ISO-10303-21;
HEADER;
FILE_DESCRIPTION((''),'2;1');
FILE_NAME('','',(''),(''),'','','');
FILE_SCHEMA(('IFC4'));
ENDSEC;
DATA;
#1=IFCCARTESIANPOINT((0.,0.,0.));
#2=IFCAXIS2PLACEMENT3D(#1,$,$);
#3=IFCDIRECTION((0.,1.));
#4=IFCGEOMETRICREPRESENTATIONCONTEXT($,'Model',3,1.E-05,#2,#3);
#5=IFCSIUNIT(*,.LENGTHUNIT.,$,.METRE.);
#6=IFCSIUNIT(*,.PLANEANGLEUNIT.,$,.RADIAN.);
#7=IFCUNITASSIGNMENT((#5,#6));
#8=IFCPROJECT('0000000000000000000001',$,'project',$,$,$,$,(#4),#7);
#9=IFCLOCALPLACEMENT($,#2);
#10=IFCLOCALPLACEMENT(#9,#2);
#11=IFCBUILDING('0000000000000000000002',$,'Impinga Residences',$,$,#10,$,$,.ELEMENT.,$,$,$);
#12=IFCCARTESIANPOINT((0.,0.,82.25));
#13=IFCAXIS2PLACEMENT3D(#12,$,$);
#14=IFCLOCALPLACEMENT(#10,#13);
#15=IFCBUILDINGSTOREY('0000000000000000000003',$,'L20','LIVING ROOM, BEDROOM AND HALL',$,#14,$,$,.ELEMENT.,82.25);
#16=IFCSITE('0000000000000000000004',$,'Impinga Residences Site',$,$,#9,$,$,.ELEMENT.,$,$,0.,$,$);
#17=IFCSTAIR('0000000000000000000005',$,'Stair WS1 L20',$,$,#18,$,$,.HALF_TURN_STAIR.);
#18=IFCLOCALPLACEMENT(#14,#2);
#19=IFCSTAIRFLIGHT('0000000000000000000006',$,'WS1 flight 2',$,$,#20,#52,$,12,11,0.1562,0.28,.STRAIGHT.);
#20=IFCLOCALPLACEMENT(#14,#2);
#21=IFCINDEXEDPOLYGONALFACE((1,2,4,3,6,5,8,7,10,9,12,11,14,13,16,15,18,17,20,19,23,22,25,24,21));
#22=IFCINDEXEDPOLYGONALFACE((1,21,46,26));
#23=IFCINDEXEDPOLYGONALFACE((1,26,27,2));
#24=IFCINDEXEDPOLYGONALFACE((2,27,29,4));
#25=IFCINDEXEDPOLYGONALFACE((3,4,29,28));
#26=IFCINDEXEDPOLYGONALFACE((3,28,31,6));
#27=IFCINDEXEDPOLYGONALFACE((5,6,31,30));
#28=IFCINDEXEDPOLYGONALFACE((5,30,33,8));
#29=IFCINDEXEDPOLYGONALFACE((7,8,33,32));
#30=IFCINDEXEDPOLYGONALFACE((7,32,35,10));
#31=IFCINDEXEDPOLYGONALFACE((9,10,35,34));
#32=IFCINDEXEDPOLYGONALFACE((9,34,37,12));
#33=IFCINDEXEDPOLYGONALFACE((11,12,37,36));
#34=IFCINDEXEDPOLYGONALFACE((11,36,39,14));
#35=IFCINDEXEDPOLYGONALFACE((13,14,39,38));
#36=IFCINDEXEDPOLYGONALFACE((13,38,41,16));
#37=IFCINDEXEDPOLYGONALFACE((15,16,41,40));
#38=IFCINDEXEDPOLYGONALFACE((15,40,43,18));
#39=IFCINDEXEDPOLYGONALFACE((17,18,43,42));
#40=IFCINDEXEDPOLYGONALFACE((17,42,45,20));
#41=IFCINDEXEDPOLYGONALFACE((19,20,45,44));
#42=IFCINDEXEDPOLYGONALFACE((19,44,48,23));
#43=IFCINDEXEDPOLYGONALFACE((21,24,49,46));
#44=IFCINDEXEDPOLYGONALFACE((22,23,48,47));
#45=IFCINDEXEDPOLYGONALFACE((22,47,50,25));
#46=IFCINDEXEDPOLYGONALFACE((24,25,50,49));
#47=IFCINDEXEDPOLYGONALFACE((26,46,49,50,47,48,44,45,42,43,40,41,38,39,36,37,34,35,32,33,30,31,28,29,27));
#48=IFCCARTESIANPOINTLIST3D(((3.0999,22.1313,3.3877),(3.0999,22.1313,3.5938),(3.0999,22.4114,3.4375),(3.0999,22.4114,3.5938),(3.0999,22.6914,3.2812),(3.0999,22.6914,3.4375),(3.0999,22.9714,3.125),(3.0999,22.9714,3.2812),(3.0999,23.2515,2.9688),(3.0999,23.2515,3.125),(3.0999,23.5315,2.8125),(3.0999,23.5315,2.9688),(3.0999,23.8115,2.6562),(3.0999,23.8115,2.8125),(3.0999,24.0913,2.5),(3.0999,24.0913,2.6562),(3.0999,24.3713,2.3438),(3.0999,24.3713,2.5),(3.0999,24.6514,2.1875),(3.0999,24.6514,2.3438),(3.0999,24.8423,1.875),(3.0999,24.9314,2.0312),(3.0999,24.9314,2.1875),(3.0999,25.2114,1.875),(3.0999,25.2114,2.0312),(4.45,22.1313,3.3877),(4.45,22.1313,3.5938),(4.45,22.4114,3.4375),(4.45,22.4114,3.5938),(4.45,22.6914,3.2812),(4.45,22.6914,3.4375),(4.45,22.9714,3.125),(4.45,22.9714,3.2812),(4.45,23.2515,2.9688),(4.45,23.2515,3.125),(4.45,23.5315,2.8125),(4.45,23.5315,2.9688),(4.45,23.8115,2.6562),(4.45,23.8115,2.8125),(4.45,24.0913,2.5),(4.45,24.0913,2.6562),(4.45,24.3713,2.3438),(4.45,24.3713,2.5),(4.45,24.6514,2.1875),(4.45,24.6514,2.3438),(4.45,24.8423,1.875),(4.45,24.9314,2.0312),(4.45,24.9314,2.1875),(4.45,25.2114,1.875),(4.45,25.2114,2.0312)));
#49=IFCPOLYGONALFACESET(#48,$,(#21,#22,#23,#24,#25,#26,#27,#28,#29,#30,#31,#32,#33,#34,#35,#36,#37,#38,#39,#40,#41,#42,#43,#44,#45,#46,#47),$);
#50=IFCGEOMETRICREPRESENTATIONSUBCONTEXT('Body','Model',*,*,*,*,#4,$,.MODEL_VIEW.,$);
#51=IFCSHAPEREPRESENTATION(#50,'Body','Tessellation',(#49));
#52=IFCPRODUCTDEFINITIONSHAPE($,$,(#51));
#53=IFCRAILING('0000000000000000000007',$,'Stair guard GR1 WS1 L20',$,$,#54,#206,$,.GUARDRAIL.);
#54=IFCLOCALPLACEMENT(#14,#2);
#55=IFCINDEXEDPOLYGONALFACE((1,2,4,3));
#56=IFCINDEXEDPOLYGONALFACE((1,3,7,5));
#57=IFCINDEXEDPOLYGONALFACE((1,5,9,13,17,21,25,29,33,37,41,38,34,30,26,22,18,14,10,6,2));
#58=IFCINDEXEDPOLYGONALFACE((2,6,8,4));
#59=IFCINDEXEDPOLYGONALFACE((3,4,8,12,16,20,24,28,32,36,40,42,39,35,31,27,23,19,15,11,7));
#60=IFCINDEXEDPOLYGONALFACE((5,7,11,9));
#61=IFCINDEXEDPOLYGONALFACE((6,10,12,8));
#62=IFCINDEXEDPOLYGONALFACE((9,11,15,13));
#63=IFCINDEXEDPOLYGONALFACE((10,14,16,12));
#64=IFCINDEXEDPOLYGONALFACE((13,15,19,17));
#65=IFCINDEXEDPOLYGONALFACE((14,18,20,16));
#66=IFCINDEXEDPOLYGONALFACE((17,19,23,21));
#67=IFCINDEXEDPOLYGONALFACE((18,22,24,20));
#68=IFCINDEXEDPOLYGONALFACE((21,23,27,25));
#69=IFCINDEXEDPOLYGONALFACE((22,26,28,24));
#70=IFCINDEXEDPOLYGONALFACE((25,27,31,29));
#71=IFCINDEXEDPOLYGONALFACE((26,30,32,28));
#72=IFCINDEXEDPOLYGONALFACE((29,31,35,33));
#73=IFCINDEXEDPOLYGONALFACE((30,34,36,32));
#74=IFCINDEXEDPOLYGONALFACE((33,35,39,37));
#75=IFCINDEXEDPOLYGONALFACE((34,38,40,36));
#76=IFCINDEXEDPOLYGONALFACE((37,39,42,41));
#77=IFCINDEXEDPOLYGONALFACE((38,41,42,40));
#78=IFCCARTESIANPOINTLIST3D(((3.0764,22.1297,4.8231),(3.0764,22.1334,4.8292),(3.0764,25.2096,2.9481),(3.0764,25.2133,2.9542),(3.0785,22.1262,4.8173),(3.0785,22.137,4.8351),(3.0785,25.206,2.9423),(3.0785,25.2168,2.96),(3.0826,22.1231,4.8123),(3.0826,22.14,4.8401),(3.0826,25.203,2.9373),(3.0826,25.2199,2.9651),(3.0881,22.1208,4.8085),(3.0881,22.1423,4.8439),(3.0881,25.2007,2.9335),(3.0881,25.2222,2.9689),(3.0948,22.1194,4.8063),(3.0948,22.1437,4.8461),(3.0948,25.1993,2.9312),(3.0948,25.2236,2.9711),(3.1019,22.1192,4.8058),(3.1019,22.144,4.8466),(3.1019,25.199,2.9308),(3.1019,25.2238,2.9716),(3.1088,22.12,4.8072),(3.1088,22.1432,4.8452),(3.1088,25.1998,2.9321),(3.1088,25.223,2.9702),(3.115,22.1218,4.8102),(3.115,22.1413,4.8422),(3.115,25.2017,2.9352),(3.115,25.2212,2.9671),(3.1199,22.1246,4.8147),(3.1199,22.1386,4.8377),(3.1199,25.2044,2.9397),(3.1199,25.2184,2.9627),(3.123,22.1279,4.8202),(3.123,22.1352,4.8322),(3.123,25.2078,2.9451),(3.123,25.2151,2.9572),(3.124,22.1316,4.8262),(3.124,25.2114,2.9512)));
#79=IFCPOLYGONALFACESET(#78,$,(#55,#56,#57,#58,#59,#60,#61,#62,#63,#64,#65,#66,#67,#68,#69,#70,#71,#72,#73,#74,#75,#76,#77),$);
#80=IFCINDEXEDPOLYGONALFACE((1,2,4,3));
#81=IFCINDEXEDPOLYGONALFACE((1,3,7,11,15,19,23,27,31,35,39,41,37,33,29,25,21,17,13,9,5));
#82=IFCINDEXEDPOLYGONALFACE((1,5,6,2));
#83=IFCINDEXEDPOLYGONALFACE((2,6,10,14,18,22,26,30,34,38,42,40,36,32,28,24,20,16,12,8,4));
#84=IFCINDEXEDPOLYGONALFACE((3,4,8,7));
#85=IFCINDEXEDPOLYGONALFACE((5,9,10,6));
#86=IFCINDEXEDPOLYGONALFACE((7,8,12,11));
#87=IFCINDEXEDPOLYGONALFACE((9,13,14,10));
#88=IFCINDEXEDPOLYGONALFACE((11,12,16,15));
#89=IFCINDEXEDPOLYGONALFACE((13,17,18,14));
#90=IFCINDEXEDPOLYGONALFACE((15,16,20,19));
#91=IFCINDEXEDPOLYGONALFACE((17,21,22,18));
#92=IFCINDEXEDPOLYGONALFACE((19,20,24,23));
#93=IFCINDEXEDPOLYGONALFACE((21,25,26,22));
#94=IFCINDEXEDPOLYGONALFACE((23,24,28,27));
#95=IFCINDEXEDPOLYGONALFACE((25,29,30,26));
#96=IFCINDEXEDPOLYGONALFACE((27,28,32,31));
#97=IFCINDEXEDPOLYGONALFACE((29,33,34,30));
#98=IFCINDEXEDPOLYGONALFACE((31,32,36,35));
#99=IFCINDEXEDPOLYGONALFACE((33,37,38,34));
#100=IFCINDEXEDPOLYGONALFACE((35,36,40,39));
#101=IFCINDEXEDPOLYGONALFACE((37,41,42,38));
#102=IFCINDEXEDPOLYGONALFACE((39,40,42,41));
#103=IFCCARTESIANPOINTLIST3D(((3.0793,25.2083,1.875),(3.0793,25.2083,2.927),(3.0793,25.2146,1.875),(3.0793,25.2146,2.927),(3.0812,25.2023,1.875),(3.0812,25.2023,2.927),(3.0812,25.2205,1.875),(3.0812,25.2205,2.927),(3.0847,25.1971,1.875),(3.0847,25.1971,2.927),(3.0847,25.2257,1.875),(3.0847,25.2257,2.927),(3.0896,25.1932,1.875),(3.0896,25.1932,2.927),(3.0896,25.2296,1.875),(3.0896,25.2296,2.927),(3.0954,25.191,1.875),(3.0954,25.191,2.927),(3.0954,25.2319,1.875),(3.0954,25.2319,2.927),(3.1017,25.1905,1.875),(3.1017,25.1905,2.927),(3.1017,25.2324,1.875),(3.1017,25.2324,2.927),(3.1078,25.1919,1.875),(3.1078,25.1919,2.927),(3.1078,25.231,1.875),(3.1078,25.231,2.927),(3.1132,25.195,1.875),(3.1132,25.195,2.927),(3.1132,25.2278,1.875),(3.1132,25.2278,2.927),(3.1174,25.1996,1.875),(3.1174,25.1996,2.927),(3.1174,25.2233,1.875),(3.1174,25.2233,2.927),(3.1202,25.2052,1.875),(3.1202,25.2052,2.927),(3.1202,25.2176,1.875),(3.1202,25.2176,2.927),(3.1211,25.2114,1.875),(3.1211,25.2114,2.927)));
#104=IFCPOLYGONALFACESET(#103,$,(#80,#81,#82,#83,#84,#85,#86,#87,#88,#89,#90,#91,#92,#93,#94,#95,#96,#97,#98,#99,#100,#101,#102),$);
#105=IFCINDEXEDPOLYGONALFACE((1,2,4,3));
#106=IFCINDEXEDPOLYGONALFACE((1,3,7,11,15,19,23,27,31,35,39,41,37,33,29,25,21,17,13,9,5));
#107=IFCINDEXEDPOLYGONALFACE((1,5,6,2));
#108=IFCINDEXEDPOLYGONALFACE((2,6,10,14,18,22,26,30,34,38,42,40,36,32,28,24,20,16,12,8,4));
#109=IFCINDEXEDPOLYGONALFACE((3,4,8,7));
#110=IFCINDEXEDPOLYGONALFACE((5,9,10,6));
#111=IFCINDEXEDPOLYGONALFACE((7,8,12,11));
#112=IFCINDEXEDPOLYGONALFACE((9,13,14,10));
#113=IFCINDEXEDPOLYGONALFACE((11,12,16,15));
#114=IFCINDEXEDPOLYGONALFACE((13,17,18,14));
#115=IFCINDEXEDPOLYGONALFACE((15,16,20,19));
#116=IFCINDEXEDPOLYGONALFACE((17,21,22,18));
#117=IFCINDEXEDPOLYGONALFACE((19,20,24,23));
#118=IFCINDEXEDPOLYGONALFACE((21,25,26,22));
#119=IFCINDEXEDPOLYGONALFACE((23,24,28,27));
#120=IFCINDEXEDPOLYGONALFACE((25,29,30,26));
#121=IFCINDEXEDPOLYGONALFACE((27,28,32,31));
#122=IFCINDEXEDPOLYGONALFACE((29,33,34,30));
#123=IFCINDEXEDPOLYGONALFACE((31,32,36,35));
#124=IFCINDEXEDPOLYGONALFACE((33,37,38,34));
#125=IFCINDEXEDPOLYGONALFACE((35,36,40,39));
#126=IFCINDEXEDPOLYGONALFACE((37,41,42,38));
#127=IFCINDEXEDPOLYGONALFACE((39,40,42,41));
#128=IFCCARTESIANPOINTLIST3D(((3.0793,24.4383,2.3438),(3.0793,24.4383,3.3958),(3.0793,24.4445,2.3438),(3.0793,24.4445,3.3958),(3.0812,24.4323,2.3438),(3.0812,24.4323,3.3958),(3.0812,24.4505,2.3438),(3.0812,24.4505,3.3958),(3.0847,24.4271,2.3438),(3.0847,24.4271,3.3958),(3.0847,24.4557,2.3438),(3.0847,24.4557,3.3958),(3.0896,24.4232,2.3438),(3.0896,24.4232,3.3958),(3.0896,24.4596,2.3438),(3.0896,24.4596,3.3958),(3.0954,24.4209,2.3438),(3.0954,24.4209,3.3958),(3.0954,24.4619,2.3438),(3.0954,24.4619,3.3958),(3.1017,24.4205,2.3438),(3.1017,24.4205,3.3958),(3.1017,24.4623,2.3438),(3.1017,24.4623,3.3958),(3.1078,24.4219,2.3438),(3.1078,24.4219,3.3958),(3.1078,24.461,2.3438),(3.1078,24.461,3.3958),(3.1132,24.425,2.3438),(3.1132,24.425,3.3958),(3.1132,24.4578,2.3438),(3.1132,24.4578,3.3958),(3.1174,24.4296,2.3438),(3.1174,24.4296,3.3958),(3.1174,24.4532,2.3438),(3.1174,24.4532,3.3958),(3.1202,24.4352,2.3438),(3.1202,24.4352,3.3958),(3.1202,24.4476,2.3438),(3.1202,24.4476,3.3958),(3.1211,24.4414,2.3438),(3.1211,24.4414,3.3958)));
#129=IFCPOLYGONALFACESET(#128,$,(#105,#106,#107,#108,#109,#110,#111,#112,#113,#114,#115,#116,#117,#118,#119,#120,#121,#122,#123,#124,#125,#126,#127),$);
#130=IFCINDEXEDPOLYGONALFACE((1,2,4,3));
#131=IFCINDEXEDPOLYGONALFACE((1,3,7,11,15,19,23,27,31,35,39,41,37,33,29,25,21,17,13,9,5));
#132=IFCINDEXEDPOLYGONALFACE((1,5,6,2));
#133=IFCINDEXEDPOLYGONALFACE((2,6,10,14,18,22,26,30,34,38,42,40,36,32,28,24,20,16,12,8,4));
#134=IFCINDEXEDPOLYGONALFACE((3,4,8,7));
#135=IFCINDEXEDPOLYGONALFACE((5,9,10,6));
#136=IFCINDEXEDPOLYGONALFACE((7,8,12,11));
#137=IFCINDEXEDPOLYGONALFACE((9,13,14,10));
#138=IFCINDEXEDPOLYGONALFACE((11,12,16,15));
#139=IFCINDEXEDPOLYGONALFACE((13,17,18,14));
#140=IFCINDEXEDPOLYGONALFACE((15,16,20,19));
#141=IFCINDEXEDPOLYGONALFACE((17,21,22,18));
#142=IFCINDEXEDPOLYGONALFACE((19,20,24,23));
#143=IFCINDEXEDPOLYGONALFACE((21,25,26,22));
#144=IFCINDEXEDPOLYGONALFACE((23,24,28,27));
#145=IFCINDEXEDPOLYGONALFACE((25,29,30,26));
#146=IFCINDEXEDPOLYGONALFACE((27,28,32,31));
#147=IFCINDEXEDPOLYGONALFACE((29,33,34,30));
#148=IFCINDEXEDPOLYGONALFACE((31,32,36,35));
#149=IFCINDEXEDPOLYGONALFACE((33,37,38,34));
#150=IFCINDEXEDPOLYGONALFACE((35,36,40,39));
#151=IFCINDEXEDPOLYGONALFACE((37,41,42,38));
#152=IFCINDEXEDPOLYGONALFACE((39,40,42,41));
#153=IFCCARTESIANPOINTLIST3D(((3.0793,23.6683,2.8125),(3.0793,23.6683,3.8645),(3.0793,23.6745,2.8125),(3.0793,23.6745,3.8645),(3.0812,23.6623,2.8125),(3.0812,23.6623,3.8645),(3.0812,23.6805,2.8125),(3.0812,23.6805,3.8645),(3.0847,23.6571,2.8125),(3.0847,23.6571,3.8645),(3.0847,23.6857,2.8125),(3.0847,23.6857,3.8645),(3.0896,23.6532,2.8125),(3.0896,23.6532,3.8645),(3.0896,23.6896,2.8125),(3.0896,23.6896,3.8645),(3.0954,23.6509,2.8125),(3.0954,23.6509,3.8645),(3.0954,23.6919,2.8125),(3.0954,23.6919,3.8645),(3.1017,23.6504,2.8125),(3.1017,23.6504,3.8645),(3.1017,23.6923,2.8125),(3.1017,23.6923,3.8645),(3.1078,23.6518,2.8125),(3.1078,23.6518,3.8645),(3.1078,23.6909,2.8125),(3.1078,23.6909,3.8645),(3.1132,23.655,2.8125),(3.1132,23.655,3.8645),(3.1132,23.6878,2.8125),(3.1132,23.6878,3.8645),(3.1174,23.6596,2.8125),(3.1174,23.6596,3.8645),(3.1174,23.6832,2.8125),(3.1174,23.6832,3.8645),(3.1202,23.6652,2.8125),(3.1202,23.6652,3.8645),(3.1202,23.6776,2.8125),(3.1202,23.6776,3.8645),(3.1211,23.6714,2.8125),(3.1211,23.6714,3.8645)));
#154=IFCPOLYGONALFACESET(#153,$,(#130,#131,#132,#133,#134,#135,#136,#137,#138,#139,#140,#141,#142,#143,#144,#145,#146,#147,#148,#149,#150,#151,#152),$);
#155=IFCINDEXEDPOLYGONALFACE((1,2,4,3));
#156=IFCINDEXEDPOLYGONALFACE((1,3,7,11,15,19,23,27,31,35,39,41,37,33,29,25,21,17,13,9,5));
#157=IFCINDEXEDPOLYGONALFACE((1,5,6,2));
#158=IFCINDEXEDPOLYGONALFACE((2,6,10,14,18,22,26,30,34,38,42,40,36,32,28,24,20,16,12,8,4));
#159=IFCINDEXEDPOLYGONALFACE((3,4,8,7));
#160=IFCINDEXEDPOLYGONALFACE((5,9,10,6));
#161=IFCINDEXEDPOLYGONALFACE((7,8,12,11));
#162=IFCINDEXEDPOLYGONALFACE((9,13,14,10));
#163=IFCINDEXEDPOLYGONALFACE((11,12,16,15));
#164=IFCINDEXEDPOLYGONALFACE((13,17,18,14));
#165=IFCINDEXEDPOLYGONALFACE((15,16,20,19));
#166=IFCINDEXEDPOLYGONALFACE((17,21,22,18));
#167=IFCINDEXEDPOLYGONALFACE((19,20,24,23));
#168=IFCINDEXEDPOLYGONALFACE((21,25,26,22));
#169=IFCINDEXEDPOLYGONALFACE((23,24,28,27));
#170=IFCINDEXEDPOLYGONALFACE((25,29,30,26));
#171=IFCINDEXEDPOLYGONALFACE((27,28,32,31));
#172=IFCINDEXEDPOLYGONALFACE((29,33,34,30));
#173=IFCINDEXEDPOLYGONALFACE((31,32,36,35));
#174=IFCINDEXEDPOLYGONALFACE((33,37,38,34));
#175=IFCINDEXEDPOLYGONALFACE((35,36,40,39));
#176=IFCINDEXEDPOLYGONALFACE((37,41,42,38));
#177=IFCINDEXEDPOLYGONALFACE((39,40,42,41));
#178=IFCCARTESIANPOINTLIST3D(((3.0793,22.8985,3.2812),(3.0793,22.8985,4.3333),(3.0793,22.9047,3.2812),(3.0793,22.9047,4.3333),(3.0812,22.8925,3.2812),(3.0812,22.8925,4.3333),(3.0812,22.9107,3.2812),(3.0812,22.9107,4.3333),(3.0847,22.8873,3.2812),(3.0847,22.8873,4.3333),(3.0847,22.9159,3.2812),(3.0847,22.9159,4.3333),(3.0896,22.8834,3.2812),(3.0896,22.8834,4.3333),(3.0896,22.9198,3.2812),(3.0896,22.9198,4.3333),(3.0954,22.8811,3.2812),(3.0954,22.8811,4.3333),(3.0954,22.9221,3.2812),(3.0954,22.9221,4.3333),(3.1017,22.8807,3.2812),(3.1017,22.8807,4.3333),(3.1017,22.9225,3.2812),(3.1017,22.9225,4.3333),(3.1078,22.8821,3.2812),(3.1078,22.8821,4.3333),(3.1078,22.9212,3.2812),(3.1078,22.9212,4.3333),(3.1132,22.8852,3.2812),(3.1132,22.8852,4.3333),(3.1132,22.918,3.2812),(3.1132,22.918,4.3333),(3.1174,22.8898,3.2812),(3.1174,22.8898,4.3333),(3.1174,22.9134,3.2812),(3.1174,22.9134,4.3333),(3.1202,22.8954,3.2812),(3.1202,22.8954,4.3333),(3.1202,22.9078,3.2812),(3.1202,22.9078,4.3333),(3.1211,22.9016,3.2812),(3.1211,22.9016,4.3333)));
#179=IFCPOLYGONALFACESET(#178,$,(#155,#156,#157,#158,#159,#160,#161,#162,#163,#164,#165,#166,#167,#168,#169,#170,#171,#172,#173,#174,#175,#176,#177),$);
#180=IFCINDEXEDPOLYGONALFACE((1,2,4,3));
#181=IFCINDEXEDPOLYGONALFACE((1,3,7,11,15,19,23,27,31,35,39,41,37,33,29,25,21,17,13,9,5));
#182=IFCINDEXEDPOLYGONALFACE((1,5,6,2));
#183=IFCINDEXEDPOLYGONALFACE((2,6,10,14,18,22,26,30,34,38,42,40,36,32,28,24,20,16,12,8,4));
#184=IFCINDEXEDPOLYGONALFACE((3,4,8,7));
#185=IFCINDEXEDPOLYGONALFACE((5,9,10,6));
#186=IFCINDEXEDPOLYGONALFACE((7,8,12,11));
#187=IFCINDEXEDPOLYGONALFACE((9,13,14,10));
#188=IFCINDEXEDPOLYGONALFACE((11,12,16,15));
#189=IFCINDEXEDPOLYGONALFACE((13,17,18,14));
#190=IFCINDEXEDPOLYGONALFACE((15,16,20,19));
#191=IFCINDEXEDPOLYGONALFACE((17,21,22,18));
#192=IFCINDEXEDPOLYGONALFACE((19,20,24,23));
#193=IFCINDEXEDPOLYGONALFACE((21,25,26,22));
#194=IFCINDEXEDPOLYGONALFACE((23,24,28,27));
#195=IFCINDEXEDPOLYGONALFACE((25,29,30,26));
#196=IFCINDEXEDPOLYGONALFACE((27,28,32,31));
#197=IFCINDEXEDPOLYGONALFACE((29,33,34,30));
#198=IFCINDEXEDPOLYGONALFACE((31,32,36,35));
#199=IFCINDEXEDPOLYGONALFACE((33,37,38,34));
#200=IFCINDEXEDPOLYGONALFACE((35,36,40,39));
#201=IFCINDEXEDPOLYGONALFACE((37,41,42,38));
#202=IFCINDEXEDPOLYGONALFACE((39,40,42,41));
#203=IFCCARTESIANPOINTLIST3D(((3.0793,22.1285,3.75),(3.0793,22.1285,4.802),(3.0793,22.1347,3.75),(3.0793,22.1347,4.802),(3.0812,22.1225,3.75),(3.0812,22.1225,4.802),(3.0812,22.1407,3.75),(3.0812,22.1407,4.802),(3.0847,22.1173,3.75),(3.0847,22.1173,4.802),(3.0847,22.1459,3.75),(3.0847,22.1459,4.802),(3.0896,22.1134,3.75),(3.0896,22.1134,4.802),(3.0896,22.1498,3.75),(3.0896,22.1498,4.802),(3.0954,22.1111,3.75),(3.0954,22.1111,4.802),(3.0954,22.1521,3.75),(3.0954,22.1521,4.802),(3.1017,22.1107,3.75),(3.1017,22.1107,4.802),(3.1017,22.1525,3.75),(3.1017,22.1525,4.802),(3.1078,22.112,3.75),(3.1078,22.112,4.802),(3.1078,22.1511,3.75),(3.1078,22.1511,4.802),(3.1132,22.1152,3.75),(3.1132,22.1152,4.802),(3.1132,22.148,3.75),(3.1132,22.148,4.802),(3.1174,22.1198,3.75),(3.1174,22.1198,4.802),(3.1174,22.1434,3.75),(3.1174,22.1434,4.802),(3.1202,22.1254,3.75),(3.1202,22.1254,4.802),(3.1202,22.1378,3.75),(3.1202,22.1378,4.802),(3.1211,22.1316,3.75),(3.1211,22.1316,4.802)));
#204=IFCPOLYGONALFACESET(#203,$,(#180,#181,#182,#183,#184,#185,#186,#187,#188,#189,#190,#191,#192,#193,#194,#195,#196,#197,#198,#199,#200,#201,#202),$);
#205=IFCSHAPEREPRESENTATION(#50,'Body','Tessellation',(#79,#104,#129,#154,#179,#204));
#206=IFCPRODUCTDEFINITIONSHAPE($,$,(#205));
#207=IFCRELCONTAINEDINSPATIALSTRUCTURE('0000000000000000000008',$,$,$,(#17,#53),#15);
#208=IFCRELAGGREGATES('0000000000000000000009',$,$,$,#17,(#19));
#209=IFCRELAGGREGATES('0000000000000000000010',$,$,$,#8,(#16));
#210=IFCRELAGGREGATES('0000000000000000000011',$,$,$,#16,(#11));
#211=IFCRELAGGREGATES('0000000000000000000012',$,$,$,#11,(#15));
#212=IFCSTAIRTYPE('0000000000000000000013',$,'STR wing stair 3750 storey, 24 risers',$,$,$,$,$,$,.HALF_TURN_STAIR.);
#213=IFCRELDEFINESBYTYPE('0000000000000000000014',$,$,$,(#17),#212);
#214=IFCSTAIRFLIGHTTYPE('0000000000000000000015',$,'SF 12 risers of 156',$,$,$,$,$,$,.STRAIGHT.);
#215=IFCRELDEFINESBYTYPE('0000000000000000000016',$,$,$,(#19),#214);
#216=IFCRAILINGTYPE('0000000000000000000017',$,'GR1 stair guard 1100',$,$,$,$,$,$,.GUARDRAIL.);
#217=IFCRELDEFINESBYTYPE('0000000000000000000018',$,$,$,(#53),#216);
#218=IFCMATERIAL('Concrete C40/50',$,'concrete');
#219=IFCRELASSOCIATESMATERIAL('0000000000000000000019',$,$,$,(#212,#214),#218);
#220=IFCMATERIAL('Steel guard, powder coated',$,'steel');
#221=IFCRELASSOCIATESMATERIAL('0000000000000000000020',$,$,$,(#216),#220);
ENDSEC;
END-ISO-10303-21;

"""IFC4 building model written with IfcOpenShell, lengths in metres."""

from ifc_helpers import new_model, si_unit, direction, frame, origin, origin_2d, place, context, subcontext, project, spatial, polyline, circle, outline, extrude, material, type_object, element, aggregate, save


model = new_model("IFC4")

# Units and contexts
model_context = context("Model", 3, precision=1e-05, world=origin(), true_north=direction((0.0, 1.0)))
body_context = subcontext(model_context, "Body", "Model", "MODEL_VIEW")
ifc_project = project(units=[si_unit("LENGTHUNIT", "METRE"), si_unit("PLANEANGLEUNIT", "RADIAN")], contexts=[model_context])

# Site, building, storey
site_placement = place(None, origin())
site = spatial("IfcSite", under=ifc_project, at=site_placement, Name="Impinga Residences Site", CompositionType="ELEMENT", RefElevation=0.0)
building_placement = place(site_placement, origin())
building = spatial("IfcBuilding", under=site, at=building_placement, Name="Impinga Residences", CompositionType="ELEMENT")
storey_placement = place(building_placement, frame((0.0, 0.0, 82.25)))
storey = spatial("IfcBuildingStorey", under=building, at=storey_placement, Name="L20", Description="LIVING ROOM, BEDROOM AND HALL", CompositionType="ELEMENT", Elevation=82.25)

# Stair, stair flight
ifc_material_1 = material(Name="Concrete C40/50", Category="concrete")
stair_type = type_object("IfcStairType", Name="STR wing stair 3750 storey, 24 risers", PredefinedType="HALF_TURN_STAIR", material=ifc_material_1)
stair_placement = place(storey_placement, origin())
stair = element("IfcStair", 1, at=stair_placement, inside=storey, type_object=stair_type, Name="Stair WS1 L20", PredefinedType="HALF_TURN_STAIR")
stair_flight_type = type_object("IfcStairFlightType", Name="SF 12 risers of 156", PredefinedType="STRAIGHT", material=ifc_material_1)
stair_flight_1_placement = place(storey_placement, frame((3.7749, 25.2114, 1.875), z_axis=(0.0, 0.0, 1.0), x_axis=(0.0, -1.0, 0.0)))
stair_flight_1 = element("IfcStairFlight", 2, at=stair_flight_1_placement, type_object=stair_flight_type, Name="WS1 flight 2", NumberOfRisers=12, NumberOfTreads=11, PredefinedType="STRAIGHT", RiserHeight=0.1562, TreadLength=0.28, context=body_context, shape_type="SweptSolid", body=[
    extrude(outline(polyline([(0.0, 0.0), (0.0, 0.1562), (0.28, 0.1562), (0.28, 0.3125), (0.5601, 0.3125), (0.5601, 0.4688), (0.8401, 0.4688), (0.8401, 0.625), (1.1201, 0.625), (1.1201, 0.7812), (1.3999, 0.7812), (1.3999, 0.9375), (1.6799, 0.9375), (1.6799, 1.0938), (1.96, 1.0938), (1.96, 1.25), (2.24, 1.25), (2.24, 1.4062), (2.52, 1.4062), (2.52, 1.5625), (2.8, 1.5625), (2.8, 1.7188), (3.0801, 1.7188), (3.0801, 1.875), (3.0801, 1.5127), (0.3691, 0.0), (0.0, 0.0)])), frame((0.0, 0.675, 0.0), z_axis=(0.0, -1.0, 0.0), x_axis=(1.0, 0.0, 0.0)), (0.0, 0.0, 1.0), 1.3501),
])
aggregate(stair, [stair_flight_1])

# Railing
ifc_material_2 = material(Name="Steel guard, powder coated", Category="steel")
railing_type_1 = type_object("IfcRailingType", Name="GR1 stair guard 1100", PredefinedType="GUARDRAIL", material=ifc_material_2)
railing_1_placement = place(storey_placement, frame((3.1001, 25.2114, 1.875)))
element("IfcRailing", 3, at=railing_1_placement, inside=storey, type_object=railing_type_1, Name="Stair guard GR1 WS1 L20", PredefinedType="GUARDRAIL", context=body_context, shape_type="SweptSolid", body=[
    extrude(circle(Radius=0.0239, at=origin_2d()), frame((0.0, 0.0, 1.0762), z_axis=(0.0, -0.854159, 0.520011), x_axis=(1.0, 0.0, 0.0)), (0.0, 0.0, 1.0), 3.6057),
    extrude(circle(Radius=0.021, at=origin_2d()), origin(), (0.0, 0.0, 1.0), 1.052),
    extrude(circle(Radius=0.021, at=origin_2d()), frame((0.0, -0.77, 0.4688)), (0.0, 0.0, 1.0), 1.052),
    extrude(circle(Radius=0.021, at=origin_2d()), frame((0.0, -1.54, 0.9375)), (0.0, 0.0, 1.0), 1.052),
    extrude(circle(Radius=0.021, at=origin_2d()), frame((0.0, -2.3098, 1.4062)), (0.0, 0.0, 1.0), 1.052),
    extrude(circle(Radius=0.021, at=origin_2d()), frame((0.0, -3.0798, 1.875)), (0.0, 0.0, 1.0), 1.052),
])

save(model, "model.ifc")
